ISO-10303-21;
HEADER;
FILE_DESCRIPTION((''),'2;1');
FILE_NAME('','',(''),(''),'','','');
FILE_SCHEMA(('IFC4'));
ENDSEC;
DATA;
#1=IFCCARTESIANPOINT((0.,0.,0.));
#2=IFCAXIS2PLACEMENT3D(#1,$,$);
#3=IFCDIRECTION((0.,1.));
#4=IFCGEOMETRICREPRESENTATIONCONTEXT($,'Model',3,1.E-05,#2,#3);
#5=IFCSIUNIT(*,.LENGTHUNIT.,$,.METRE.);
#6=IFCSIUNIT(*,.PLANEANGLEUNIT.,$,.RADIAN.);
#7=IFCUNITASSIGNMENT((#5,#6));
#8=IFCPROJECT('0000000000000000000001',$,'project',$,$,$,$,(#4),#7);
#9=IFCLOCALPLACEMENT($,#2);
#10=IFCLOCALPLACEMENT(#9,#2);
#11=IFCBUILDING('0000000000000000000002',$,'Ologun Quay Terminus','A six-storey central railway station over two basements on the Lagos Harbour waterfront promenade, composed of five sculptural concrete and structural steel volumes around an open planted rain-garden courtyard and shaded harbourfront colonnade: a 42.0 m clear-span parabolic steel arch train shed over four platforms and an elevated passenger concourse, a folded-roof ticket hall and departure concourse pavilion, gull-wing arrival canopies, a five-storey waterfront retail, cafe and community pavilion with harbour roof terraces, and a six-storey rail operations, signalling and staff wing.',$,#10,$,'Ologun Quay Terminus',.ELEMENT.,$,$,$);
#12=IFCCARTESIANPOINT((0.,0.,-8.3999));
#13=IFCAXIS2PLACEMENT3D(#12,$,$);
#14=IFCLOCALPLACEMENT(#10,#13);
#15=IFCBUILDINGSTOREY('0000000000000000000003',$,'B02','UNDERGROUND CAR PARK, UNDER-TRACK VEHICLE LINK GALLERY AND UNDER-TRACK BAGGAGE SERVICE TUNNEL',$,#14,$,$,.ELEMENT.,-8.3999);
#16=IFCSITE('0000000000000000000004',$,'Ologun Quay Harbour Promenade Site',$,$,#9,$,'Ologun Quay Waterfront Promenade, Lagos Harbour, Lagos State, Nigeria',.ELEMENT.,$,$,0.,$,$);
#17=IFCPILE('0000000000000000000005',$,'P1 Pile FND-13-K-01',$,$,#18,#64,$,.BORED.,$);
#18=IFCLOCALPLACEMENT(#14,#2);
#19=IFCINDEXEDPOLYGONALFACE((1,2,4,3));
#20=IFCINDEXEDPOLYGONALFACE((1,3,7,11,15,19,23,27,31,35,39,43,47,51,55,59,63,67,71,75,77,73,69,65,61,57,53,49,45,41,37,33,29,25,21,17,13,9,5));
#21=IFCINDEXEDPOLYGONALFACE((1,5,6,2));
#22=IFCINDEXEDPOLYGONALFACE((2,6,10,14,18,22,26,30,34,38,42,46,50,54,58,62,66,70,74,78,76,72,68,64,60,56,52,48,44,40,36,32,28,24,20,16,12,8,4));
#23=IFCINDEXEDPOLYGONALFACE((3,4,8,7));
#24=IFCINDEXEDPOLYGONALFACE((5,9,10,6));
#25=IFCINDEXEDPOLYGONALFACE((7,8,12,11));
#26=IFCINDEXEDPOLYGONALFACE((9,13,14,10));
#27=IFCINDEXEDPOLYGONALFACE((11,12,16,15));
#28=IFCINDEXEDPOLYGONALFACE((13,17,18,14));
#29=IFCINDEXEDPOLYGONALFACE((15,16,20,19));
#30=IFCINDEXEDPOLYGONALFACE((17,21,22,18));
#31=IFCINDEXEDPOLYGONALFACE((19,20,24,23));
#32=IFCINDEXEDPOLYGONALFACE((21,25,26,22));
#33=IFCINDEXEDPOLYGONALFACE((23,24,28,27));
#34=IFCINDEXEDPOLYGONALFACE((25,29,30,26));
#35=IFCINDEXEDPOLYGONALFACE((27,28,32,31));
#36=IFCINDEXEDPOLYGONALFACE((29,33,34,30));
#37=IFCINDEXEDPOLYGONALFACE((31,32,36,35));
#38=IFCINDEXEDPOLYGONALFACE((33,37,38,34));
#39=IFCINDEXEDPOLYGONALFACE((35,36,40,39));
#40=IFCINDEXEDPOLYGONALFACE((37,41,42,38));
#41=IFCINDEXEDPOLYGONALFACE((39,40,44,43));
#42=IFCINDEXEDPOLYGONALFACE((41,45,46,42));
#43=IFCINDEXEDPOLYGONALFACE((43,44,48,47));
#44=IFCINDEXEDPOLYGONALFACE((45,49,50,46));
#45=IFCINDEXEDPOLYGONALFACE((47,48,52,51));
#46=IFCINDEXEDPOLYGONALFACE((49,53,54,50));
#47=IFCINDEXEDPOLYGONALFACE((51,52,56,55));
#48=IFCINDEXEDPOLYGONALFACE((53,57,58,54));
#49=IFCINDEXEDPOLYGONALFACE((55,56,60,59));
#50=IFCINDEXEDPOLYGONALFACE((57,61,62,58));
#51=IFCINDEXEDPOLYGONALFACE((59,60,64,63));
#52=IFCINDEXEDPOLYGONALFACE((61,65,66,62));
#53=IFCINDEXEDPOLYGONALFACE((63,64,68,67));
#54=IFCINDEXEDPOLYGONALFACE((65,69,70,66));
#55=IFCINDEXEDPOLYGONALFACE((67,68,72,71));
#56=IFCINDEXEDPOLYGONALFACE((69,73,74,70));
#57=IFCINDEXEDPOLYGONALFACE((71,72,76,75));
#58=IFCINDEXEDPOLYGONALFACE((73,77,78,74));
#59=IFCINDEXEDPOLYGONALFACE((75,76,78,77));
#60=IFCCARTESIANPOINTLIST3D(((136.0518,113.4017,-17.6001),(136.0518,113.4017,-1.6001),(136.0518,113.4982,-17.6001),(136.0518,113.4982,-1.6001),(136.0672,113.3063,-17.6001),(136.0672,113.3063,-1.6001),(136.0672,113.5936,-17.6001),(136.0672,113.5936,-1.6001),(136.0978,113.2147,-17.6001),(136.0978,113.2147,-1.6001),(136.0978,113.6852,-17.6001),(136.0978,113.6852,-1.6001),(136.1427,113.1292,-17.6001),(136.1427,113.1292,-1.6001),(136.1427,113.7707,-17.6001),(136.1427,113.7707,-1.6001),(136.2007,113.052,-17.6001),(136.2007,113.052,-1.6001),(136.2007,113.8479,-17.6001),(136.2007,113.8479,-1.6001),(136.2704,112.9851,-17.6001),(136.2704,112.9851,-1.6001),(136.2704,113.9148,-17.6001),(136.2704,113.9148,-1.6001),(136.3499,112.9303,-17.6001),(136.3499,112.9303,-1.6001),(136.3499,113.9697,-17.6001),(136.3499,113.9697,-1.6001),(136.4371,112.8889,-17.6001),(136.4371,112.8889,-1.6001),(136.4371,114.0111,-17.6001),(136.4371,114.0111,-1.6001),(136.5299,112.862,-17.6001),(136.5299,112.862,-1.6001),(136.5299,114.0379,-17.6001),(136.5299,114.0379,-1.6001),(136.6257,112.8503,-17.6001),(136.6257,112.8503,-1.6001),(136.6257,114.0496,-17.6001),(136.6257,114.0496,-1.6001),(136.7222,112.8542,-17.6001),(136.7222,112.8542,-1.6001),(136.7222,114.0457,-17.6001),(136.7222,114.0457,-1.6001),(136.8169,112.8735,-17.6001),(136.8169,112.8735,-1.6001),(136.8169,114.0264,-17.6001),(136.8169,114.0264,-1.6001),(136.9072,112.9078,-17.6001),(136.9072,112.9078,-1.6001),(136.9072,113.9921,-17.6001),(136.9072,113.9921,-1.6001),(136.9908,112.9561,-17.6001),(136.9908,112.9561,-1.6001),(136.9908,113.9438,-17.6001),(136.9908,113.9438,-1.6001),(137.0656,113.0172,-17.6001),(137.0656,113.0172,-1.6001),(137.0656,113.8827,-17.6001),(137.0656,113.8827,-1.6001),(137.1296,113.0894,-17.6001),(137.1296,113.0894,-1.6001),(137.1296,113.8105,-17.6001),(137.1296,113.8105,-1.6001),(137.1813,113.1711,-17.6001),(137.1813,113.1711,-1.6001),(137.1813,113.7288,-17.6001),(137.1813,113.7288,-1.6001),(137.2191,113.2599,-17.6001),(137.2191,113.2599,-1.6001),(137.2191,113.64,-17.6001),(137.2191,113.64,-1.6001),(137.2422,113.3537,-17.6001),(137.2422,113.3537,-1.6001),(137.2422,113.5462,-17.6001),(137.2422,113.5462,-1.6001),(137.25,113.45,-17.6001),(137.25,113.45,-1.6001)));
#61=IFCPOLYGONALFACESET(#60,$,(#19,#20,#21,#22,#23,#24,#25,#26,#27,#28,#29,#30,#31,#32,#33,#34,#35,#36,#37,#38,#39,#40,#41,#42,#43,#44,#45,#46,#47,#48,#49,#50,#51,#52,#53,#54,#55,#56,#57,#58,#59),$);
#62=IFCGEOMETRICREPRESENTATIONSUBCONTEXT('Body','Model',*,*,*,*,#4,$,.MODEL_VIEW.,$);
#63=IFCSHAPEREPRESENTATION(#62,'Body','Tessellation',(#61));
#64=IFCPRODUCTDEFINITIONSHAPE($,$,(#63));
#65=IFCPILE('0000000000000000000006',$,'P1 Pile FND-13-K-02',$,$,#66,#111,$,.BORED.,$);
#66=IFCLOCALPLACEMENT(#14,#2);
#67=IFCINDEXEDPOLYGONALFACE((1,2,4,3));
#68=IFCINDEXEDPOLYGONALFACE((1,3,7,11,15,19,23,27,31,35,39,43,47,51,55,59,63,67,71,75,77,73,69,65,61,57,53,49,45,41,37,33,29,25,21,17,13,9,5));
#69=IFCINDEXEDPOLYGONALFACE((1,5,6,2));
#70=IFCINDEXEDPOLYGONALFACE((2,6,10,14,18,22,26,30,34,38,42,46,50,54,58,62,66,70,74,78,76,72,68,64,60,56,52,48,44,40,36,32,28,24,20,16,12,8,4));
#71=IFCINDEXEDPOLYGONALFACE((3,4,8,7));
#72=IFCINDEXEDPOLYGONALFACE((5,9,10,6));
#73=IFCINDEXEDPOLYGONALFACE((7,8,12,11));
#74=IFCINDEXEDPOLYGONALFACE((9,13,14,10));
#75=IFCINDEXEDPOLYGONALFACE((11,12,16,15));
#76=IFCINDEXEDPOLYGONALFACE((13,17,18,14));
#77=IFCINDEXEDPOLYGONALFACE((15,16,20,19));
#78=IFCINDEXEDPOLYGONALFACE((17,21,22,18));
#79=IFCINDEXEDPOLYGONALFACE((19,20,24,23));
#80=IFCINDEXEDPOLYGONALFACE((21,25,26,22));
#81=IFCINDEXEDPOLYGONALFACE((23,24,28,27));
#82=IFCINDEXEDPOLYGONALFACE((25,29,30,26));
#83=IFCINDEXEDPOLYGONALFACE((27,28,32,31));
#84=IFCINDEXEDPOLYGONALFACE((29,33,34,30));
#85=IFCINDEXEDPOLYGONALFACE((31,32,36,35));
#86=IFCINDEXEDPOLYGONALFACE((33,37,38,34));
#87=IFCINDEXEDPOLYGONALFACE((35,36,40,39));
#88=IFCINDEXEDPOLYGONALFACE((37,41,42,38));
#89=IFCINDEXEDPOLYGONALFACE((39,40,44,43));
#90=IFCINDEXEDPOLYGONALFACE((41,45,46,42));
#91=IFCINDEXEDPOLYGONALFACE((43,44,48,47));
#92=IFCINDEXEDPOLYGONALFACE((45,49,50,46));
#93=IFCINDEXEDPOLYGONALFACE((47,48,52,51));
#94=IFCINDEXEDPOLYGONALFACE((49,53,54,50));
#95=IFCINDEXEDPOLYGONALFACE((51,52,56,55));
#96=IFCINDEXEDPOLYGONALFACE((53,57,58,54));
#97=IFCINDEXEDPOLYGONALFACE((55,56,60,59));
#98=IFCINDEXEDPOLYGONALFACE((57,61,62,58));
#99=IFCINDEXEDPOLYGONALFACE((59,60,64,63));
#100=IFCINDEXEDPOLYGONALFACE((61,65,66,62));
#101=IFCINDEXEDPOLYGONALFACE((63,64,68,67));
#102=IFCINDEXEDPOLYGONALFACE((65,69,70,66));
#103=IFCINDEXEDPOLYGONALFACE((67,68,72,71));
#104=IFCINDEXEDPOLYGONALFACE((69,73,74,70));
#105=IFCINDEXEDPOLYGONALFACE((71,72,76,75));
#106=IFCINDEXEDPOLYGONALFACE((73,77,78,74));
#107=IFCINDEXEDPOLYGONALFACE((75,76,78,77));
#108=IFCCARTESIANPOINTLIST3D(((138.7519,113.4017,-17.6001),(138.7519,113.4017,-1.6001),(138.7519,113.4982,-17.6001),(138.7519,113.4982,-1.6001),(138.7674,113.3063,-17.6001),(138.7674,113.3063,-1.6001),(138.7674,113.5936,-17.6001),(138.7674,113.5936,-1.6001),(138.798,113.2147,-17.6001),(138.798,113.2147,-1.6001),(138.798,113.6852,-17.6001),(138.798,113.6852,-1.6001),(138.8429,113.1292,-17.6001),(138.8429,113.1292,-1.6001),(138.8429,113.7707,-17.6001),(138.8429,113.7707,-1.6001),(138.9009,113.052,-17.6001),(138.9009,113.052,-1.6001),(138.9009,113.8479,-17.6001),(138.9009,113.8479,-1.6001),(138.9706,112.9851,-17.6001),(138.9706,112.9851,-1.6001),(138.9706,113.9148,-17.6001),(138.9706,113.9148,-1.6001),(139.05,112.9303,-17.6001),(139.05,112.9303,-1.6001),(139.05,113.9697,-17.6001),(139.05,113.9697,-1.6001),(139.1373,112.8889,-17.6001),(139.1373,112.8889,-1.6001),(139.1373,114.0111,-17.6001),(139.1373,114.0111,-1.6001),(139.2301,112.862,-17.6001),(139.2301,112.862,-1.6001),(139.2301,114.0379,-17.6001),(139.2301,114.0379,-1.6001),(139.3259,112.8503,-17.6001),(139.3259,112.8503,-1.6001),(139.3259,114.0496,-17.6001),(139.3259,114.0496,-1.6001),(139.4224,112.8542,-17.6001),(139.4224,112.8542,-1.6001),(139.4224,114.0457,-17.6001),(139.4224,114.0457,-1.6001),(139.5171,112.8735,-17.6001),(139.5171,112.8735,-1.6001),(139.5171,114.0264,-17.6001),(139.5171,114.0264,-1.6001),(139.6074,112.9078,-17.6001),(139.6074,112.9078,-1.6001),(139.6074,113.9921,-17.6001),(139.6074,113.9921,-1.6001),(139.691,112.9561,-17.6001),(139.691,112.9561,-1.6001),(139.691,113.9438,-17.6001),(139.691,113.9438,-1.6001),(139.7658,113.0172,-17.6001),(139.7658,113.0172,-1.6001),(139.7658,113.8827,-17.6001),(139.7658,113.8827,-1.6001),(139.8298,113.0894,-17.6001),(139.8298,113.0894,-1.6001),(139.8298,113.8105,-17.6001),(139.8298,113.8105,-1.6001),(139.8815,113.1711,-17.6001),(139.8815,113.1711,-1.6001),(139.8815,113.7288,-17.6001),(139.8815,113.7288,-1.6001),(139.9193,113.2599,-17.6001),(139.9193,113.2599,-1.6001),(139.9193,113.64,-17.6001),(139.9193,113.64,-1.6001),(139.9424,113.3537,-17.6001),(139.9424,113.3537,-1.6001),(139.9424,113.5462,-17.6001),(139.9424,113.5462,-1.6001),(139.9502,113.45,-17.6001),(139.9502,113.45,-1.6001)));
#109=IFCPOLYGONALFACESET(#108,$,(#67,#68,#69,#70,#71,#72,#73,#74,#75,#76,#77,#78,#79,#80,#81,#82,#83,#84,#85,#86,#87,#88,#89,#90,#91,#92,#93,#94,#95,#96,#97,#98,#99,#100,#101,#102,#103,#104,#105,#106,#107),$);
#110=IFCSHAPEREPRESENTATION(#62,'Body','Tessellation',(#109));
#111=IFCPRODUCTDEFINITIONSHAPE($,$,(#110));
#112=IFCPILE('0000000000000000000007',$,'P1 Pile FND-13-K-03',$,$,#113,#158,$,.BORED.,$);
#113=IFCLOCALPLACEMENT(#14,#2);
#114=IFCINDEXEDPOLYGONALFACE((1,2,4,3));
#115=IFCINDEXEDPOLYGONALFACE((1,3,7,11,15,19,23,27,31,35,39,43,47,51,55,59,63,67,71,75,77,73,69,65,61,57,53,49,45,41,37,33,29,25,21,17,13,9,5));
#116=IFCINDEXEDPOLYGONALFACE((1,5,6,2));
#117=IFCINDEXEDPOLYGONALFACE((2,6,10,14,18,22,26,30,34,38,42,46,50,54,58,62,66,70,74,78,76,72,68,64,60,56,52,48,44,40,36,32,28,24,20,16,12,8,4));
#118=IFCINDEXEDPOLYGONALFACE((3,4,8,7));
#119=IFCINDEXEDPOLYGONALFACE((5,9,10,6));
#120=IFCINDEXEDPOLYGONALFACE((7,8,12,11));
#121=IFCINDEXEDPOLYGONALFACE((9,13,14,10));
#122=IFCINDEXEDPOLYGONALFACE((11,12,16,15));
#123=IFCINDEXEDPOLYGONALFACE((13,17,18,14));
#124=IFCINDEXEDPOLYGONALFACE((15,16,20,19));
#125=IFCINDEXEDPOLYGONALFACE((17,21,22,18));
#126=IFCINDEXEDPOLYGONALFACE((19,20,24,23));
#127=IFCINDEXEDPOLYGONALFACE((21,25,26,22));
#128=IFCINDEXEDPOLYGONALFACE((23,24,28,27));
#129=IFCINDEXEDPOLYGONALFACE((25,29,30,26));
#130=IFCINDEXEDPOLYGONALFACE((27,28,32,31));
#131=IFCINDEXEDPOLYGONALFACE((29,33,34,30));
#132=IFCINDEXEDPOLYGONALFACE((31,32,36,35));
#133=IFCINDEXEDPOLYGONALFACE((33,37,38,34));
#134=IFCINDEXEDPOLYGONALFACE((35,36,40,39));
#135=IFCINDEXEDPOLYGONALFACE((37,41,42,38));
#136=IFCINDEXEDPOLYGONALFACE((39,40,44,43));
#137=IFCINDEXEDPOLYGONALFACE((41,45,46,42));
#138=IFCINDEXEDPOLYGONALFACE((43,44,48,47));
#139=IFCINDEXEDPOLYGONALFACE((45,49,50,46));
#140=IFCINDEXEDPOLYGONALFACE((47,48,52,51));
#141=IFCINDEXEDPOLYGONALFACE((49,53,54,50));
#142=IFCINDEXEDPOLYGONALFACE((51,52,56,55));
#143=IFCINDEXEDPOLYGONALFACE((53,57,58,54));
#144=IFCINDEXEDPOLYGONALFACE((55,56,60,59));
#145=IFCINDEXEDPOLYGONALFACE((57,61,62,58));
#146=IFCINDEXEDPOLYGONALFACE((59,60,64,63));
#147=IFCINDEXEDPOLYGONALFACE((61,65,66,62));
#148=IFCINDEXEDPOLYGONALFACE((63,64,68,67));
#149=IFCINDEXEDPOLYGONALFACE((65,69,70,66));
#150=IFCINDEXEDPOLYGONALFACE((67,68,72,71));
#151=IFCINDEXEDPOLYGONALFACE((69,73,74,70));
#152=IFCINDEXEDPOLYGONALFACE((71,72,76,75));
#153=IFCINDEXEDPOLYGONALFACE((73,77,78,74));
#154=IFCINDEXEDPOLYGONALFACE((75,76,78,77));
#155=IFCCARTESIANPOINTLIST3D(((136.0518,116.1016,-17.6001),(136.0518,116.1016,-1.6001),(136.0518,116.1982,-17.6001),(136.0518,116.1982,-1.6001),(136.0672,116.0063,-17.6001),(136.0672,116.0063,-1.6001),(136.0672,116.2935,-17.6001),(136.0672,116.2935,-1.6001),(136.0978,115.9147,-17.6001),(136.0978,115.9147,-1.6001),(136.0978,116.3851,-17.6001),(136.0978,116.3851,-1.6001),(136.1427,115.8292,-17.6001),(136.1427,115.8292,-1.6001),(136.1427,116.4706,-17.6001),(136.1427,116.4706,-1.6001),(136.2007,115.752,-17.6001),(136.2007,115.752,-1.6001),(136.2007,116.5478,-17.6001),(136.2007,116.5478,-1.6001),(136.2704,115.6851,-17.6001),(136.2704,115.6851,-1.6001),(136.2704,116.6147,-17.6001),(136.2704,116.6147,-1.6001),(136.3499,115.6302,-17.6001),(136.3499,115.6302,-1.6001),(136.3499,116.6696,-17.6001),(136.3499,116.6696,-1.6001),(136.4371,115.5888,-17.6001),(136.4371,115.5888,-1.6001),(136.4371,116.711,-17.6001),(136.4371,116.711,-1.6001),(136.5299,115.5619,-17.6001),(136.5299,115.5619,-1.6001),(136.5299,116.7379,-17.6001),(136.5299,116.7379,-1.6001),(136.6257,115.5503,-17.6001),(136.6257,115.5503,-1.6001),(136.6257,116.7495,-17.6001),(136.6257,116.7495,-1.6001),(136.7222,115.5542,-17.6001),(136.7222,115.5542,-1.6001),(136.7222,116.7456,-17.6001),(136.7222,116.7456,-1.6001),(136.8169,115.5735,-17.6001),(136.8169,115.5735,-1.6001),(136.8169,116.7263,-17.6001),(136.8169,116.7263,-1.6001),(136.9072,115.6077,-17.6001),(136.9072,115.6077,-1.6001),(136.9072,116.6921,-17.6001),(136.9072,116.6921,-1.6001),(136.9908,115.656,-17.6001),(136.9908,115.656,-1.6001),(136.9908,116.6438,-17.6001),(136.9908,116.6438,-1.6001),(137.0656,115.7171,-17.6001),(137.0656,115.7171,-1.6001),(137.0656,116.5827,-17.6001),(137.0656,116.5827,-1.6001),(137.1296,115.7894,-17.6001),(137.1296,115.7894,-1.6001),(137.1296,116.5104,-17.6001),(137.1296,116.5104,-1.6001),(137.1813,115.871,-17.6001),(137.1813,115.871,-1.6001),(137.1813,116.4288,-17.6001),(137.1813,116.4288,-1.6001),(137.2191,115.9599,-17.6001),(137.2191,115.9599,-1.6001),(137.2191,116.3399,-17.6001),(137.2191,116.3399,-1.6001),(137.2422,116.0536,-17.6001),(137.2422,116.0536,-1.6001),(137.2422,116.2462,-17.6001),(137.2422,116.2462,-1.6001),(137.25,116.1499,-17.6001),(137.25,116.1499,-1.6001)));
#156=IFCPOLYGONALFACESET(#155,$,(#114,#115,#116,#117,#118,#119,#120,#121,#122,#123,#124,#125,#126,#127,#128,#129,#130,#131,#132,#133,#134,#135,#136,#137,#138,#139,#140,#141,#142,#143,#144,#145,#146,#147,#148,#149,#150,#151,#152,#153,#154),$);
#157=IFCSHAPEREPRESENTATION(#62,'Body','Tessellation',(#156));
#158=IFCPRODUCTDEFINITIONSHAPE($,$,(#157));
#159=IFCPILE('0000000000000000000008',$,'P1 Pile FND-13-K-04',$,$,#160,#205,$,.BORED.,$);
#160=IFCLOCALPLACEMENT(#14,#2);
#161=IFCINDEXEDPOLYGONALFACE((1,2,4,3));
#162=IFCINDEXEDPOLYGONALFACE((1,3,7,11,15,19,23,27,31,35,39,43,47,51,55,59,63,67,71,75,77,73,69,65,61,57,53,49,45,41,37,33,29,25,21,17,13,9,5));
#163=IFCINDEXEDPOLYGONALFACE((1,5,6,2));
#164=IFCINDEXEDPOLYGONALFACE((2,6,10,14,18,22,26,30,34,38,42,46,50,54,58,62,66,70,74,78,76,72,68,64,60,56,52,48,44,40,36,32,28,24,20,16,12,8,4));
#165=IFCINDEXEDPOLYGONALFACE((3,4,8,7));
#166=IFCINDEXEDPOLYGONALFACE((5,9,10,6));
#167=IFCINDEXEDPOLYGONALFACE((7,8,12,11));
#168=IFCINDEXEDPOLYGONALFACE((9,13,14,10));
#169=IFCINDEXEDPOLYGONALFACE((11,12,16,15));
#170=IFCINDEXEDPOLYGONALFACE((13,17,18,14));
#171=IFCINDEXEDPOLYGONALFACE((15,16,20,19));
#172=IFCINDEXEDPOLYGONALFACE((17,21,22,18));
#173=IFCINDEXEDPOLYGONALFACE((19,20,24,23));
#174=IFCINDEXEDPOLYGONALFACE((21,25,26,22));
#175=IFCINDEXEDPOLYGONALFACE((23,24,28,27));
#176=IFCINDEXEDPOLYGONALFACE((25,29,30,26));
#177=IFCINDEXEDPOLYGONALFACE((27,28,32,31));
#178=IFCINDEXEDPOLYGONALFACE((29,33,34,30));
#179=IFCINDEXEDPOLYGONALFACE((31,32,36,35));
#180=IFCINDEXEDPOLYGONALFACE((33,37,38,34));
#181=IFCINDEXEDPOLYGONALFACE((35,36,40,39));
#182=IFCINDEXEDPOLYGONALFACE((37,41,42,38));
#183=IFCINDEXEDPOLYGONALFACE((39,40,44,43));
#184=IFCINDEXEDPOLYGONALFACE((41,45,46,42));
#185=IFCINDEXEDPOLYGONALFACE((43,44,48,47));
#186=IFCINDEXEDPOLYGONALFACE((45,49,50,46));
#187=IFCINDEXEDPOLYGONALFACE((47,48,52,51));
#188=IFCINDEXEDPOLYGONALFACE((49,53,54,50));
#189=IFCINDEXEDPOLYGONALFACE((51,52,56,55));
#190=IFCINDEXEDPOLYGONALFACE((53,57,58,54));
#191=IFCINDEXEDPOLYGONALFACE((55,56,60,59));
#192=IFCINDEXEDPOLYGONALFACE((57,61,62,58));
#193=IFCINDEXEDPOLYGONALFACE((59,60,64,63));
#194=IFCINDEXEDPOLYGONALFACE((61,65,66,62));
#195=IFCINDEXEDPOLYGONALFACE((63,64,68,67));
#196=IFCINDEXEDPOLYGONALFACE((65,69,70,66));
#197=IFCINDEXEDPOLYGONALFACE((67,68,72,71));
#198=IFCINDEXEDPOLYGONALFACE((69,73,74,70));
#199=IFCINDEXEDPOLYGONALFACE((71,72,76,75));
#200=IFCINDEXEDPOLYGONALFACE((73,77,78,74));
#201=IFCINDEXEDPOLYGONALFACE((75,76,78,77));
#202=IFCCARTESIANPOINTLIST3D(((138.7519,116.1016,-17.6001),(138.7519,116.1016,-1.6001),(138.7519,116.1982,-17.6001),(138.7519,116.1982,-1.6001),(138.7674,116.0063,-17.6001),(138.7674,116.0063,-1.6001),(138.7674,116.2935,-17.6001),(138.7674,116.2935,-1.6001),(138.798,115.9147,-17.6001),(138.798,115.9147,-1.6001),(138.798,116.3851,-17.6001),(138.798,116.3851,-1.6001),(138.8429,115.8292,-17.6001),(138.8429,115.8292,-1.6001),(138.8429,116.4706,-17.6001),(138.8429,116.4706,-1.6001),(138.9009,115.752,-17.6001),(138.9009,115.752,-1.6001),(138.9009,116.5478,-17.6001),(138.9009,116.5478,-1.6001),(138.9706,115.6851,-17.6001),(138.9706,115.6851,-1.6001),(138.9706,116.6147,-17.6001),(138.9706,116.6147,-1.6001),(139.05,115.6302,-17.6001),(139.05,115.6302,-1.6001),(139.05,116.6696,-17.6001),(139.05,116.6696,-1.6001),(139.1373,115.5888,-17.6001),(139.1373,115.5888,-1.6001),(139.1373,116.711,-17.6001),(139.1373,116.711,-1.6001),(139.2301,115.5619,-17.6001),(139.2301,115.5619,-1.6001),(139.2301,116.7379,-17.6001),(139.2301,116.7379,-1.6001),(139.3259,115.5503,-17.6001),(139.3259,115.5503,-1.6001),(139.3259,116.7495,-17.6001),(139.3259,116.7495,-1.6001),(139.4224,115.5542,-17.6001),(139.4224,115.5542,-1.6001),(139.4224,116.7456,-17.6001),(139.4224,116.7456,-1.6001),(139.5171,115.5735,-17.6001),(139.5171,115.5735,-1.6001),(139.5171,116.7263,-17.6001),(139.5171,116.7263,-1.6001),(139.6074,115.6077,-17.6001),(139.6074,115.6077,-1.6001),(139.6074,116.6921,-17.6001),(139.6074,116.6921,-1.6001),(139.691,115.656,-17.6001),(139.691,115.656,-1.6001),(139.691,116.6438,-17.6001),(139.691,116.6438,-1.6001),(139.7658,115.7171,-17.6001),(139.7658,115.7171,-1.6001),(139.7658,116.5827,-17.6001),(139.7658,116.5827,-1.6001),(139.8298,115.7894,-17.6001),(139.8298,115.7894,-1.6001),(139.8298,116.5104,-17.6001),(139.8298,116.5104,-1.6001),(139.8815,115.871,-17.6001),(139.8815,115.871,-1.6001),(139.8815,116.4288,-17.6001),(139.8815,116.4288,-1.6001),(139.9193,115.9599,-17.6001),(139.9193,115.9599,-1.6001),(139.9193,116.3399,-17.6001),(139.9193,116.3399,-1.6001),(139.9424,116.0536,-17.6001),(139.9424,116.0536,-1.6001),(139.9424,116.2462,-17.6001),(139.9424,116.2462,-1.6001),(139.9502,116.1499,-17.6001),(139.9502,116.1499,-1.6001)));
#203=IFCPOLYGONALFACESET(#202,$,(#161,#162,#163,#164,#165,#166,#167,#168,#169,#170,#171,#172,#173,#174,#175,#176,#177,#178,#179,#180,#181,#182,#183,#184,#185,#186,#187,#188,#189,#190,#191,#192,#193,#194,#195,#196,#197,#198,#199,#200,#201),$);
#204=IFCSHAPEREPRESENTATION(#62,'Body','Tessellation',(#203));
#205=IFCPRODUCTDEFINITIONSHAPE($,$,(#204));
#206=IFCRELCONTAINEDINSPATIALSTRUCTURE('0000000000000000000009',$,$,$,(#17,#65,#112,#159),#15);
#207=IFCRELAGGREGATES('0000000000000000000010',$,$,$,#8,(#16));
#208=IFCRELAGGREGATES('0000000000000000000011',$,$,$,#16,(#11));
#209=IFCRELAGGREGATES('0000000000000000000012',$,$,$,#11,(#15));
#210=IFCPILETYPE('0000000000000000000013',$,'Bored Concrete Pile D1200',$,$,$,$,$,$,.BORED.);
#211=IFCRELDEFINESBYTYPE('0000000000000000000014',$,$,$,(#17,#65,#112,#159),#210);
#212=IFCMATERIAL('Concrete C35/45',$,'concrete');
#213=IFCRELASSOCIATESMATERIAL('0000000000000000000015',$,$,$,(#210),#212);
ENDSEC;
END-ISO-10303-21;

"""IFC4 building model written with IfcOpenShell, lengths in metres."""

from ifc_helpers import new_model, si_unit, direction, frame, origin, origin_2d, place, context, subcontext, project, spatial, circle, extrude, material, material_profile, profile_set, type_object, element, save


model = new_model("IFC4")

# Units and contexts
model_context = context("Model", 3, precision=1e-05, world=origin(), true_north=direction((0.0, 1.0)))
body_context = subcontext(model_context, "Body", "Model", "MODEL_VIEW")
ifc_project = project(units=[si_unit("LENGTHUNIT", "METRE"), si_unit("PLANEANGLEUNIT", "RADIAN")], contexts=[model_context])

# Site, building, storey
site_placement = place(None, origin())
site = spatial("IfcSite", under=ifc_project, at=site_placement, Name="Ologun Quay Harbour Promenade Site", LongName="Ologun Quay Waterfront Promenade, Lagos Harbour, Lagos State, Nigeria", CompositionType="ELEMENT", RefElevation=0.0)
building_placement = place(site_placement, origin())
building = spatial("IfcBuilding", under=site, at=building_placement, Name="Ologun Quay Terminus", Description="A six-storey central railway station over two basements on the Lagos Harbour waterfront promenade, composed of five sculptural concrete and structural steel volumes around an open planted rain-garden courtyard and shaded harbourfront colonnade: a 42.0 m clear-span parabolic steel arch train shed over four platforms and an elevated passenger concourse, a folded-roof ticket hall and departure concourse pavilion, gull-wing arrival canopies, a five-storey waterfront retail, cafe and community pavilion with harbour roof terraces, and a six-storey rail operations, signalling and staff wing.", LongName="Ologun Quay Terminus", CompositionType="ELEMENT")
storey_placement = place(building_placement, frame((0.0, 0.0, -8.3999)))
storey = spatial("IfcBuildingStorey", under=building, at=storey_placement, Name="B02", Description="UNDERGROUND CAR PARK, UNDER-TRACK VEHICLE LINK GALLERY AND UNDER-TRACK BAGGAGE SERVICE TUNNEL", CompositionType="ELEMENT", Elevation=-8.3999)

# Piles
ifc_material_1 = material(Name="Concrete C35/45", Category="concrete")
ifc_material_profile_1 = material_profile(ifc_material_1, circle(Radius=0.6001, at=origin_2d()), Name="PILE D1200")
ifc_profile_set_1 = profile_set([ifc_material_profile_1], Name="Concrete C35/45")
pile_type_1 = type_object("IfcPileType", Name="Bored Concrete Pile D1200", PredefinedType="BORED", material=ifc_profile_set_1)
for number, where, z_axis, x_axis, name in (
    (1, (136.6499, 113.45, -1.6001), (0.0, 0.0, -1.0), (1.0, 0.0, 0.0), "P1 Pile FND-13-K-01"),
    (2, (139.3501, 113.45, -1.6001), (0.0, 0.0, -1.0), (1.0, 0.0, 0.0), "P1 Pile FND-13-K-02"),
    (3, (136.6499, 116.1499, -1.6001), (0.0, 0.0, -1.0), (1.0, 0.0, 0.0), "P1 Pile FND-13-K-03"),
    (4, (139.3501, 116.1499, -1.6001), (0.0, 0.0, -1.0), (1.0, 0.0, 0.0), "P1 Pile FND-13-K-04"),
):
    element("IfcPile", number, at=place(storey_placement, frame(where, z_axis=z_axis, x_axis=x_axis)), inside=storey, type_object=pile_type_1, Name=name, PredefinedType="BORED", context=body_context, shape_type="SweptSolid", body=[
        extrude(circle(Radius=0.6001, at=origin_2d()), origin(), (0.0, 0.0, 1.0), 16.0),
    ])

save(model, "model.ifc")
